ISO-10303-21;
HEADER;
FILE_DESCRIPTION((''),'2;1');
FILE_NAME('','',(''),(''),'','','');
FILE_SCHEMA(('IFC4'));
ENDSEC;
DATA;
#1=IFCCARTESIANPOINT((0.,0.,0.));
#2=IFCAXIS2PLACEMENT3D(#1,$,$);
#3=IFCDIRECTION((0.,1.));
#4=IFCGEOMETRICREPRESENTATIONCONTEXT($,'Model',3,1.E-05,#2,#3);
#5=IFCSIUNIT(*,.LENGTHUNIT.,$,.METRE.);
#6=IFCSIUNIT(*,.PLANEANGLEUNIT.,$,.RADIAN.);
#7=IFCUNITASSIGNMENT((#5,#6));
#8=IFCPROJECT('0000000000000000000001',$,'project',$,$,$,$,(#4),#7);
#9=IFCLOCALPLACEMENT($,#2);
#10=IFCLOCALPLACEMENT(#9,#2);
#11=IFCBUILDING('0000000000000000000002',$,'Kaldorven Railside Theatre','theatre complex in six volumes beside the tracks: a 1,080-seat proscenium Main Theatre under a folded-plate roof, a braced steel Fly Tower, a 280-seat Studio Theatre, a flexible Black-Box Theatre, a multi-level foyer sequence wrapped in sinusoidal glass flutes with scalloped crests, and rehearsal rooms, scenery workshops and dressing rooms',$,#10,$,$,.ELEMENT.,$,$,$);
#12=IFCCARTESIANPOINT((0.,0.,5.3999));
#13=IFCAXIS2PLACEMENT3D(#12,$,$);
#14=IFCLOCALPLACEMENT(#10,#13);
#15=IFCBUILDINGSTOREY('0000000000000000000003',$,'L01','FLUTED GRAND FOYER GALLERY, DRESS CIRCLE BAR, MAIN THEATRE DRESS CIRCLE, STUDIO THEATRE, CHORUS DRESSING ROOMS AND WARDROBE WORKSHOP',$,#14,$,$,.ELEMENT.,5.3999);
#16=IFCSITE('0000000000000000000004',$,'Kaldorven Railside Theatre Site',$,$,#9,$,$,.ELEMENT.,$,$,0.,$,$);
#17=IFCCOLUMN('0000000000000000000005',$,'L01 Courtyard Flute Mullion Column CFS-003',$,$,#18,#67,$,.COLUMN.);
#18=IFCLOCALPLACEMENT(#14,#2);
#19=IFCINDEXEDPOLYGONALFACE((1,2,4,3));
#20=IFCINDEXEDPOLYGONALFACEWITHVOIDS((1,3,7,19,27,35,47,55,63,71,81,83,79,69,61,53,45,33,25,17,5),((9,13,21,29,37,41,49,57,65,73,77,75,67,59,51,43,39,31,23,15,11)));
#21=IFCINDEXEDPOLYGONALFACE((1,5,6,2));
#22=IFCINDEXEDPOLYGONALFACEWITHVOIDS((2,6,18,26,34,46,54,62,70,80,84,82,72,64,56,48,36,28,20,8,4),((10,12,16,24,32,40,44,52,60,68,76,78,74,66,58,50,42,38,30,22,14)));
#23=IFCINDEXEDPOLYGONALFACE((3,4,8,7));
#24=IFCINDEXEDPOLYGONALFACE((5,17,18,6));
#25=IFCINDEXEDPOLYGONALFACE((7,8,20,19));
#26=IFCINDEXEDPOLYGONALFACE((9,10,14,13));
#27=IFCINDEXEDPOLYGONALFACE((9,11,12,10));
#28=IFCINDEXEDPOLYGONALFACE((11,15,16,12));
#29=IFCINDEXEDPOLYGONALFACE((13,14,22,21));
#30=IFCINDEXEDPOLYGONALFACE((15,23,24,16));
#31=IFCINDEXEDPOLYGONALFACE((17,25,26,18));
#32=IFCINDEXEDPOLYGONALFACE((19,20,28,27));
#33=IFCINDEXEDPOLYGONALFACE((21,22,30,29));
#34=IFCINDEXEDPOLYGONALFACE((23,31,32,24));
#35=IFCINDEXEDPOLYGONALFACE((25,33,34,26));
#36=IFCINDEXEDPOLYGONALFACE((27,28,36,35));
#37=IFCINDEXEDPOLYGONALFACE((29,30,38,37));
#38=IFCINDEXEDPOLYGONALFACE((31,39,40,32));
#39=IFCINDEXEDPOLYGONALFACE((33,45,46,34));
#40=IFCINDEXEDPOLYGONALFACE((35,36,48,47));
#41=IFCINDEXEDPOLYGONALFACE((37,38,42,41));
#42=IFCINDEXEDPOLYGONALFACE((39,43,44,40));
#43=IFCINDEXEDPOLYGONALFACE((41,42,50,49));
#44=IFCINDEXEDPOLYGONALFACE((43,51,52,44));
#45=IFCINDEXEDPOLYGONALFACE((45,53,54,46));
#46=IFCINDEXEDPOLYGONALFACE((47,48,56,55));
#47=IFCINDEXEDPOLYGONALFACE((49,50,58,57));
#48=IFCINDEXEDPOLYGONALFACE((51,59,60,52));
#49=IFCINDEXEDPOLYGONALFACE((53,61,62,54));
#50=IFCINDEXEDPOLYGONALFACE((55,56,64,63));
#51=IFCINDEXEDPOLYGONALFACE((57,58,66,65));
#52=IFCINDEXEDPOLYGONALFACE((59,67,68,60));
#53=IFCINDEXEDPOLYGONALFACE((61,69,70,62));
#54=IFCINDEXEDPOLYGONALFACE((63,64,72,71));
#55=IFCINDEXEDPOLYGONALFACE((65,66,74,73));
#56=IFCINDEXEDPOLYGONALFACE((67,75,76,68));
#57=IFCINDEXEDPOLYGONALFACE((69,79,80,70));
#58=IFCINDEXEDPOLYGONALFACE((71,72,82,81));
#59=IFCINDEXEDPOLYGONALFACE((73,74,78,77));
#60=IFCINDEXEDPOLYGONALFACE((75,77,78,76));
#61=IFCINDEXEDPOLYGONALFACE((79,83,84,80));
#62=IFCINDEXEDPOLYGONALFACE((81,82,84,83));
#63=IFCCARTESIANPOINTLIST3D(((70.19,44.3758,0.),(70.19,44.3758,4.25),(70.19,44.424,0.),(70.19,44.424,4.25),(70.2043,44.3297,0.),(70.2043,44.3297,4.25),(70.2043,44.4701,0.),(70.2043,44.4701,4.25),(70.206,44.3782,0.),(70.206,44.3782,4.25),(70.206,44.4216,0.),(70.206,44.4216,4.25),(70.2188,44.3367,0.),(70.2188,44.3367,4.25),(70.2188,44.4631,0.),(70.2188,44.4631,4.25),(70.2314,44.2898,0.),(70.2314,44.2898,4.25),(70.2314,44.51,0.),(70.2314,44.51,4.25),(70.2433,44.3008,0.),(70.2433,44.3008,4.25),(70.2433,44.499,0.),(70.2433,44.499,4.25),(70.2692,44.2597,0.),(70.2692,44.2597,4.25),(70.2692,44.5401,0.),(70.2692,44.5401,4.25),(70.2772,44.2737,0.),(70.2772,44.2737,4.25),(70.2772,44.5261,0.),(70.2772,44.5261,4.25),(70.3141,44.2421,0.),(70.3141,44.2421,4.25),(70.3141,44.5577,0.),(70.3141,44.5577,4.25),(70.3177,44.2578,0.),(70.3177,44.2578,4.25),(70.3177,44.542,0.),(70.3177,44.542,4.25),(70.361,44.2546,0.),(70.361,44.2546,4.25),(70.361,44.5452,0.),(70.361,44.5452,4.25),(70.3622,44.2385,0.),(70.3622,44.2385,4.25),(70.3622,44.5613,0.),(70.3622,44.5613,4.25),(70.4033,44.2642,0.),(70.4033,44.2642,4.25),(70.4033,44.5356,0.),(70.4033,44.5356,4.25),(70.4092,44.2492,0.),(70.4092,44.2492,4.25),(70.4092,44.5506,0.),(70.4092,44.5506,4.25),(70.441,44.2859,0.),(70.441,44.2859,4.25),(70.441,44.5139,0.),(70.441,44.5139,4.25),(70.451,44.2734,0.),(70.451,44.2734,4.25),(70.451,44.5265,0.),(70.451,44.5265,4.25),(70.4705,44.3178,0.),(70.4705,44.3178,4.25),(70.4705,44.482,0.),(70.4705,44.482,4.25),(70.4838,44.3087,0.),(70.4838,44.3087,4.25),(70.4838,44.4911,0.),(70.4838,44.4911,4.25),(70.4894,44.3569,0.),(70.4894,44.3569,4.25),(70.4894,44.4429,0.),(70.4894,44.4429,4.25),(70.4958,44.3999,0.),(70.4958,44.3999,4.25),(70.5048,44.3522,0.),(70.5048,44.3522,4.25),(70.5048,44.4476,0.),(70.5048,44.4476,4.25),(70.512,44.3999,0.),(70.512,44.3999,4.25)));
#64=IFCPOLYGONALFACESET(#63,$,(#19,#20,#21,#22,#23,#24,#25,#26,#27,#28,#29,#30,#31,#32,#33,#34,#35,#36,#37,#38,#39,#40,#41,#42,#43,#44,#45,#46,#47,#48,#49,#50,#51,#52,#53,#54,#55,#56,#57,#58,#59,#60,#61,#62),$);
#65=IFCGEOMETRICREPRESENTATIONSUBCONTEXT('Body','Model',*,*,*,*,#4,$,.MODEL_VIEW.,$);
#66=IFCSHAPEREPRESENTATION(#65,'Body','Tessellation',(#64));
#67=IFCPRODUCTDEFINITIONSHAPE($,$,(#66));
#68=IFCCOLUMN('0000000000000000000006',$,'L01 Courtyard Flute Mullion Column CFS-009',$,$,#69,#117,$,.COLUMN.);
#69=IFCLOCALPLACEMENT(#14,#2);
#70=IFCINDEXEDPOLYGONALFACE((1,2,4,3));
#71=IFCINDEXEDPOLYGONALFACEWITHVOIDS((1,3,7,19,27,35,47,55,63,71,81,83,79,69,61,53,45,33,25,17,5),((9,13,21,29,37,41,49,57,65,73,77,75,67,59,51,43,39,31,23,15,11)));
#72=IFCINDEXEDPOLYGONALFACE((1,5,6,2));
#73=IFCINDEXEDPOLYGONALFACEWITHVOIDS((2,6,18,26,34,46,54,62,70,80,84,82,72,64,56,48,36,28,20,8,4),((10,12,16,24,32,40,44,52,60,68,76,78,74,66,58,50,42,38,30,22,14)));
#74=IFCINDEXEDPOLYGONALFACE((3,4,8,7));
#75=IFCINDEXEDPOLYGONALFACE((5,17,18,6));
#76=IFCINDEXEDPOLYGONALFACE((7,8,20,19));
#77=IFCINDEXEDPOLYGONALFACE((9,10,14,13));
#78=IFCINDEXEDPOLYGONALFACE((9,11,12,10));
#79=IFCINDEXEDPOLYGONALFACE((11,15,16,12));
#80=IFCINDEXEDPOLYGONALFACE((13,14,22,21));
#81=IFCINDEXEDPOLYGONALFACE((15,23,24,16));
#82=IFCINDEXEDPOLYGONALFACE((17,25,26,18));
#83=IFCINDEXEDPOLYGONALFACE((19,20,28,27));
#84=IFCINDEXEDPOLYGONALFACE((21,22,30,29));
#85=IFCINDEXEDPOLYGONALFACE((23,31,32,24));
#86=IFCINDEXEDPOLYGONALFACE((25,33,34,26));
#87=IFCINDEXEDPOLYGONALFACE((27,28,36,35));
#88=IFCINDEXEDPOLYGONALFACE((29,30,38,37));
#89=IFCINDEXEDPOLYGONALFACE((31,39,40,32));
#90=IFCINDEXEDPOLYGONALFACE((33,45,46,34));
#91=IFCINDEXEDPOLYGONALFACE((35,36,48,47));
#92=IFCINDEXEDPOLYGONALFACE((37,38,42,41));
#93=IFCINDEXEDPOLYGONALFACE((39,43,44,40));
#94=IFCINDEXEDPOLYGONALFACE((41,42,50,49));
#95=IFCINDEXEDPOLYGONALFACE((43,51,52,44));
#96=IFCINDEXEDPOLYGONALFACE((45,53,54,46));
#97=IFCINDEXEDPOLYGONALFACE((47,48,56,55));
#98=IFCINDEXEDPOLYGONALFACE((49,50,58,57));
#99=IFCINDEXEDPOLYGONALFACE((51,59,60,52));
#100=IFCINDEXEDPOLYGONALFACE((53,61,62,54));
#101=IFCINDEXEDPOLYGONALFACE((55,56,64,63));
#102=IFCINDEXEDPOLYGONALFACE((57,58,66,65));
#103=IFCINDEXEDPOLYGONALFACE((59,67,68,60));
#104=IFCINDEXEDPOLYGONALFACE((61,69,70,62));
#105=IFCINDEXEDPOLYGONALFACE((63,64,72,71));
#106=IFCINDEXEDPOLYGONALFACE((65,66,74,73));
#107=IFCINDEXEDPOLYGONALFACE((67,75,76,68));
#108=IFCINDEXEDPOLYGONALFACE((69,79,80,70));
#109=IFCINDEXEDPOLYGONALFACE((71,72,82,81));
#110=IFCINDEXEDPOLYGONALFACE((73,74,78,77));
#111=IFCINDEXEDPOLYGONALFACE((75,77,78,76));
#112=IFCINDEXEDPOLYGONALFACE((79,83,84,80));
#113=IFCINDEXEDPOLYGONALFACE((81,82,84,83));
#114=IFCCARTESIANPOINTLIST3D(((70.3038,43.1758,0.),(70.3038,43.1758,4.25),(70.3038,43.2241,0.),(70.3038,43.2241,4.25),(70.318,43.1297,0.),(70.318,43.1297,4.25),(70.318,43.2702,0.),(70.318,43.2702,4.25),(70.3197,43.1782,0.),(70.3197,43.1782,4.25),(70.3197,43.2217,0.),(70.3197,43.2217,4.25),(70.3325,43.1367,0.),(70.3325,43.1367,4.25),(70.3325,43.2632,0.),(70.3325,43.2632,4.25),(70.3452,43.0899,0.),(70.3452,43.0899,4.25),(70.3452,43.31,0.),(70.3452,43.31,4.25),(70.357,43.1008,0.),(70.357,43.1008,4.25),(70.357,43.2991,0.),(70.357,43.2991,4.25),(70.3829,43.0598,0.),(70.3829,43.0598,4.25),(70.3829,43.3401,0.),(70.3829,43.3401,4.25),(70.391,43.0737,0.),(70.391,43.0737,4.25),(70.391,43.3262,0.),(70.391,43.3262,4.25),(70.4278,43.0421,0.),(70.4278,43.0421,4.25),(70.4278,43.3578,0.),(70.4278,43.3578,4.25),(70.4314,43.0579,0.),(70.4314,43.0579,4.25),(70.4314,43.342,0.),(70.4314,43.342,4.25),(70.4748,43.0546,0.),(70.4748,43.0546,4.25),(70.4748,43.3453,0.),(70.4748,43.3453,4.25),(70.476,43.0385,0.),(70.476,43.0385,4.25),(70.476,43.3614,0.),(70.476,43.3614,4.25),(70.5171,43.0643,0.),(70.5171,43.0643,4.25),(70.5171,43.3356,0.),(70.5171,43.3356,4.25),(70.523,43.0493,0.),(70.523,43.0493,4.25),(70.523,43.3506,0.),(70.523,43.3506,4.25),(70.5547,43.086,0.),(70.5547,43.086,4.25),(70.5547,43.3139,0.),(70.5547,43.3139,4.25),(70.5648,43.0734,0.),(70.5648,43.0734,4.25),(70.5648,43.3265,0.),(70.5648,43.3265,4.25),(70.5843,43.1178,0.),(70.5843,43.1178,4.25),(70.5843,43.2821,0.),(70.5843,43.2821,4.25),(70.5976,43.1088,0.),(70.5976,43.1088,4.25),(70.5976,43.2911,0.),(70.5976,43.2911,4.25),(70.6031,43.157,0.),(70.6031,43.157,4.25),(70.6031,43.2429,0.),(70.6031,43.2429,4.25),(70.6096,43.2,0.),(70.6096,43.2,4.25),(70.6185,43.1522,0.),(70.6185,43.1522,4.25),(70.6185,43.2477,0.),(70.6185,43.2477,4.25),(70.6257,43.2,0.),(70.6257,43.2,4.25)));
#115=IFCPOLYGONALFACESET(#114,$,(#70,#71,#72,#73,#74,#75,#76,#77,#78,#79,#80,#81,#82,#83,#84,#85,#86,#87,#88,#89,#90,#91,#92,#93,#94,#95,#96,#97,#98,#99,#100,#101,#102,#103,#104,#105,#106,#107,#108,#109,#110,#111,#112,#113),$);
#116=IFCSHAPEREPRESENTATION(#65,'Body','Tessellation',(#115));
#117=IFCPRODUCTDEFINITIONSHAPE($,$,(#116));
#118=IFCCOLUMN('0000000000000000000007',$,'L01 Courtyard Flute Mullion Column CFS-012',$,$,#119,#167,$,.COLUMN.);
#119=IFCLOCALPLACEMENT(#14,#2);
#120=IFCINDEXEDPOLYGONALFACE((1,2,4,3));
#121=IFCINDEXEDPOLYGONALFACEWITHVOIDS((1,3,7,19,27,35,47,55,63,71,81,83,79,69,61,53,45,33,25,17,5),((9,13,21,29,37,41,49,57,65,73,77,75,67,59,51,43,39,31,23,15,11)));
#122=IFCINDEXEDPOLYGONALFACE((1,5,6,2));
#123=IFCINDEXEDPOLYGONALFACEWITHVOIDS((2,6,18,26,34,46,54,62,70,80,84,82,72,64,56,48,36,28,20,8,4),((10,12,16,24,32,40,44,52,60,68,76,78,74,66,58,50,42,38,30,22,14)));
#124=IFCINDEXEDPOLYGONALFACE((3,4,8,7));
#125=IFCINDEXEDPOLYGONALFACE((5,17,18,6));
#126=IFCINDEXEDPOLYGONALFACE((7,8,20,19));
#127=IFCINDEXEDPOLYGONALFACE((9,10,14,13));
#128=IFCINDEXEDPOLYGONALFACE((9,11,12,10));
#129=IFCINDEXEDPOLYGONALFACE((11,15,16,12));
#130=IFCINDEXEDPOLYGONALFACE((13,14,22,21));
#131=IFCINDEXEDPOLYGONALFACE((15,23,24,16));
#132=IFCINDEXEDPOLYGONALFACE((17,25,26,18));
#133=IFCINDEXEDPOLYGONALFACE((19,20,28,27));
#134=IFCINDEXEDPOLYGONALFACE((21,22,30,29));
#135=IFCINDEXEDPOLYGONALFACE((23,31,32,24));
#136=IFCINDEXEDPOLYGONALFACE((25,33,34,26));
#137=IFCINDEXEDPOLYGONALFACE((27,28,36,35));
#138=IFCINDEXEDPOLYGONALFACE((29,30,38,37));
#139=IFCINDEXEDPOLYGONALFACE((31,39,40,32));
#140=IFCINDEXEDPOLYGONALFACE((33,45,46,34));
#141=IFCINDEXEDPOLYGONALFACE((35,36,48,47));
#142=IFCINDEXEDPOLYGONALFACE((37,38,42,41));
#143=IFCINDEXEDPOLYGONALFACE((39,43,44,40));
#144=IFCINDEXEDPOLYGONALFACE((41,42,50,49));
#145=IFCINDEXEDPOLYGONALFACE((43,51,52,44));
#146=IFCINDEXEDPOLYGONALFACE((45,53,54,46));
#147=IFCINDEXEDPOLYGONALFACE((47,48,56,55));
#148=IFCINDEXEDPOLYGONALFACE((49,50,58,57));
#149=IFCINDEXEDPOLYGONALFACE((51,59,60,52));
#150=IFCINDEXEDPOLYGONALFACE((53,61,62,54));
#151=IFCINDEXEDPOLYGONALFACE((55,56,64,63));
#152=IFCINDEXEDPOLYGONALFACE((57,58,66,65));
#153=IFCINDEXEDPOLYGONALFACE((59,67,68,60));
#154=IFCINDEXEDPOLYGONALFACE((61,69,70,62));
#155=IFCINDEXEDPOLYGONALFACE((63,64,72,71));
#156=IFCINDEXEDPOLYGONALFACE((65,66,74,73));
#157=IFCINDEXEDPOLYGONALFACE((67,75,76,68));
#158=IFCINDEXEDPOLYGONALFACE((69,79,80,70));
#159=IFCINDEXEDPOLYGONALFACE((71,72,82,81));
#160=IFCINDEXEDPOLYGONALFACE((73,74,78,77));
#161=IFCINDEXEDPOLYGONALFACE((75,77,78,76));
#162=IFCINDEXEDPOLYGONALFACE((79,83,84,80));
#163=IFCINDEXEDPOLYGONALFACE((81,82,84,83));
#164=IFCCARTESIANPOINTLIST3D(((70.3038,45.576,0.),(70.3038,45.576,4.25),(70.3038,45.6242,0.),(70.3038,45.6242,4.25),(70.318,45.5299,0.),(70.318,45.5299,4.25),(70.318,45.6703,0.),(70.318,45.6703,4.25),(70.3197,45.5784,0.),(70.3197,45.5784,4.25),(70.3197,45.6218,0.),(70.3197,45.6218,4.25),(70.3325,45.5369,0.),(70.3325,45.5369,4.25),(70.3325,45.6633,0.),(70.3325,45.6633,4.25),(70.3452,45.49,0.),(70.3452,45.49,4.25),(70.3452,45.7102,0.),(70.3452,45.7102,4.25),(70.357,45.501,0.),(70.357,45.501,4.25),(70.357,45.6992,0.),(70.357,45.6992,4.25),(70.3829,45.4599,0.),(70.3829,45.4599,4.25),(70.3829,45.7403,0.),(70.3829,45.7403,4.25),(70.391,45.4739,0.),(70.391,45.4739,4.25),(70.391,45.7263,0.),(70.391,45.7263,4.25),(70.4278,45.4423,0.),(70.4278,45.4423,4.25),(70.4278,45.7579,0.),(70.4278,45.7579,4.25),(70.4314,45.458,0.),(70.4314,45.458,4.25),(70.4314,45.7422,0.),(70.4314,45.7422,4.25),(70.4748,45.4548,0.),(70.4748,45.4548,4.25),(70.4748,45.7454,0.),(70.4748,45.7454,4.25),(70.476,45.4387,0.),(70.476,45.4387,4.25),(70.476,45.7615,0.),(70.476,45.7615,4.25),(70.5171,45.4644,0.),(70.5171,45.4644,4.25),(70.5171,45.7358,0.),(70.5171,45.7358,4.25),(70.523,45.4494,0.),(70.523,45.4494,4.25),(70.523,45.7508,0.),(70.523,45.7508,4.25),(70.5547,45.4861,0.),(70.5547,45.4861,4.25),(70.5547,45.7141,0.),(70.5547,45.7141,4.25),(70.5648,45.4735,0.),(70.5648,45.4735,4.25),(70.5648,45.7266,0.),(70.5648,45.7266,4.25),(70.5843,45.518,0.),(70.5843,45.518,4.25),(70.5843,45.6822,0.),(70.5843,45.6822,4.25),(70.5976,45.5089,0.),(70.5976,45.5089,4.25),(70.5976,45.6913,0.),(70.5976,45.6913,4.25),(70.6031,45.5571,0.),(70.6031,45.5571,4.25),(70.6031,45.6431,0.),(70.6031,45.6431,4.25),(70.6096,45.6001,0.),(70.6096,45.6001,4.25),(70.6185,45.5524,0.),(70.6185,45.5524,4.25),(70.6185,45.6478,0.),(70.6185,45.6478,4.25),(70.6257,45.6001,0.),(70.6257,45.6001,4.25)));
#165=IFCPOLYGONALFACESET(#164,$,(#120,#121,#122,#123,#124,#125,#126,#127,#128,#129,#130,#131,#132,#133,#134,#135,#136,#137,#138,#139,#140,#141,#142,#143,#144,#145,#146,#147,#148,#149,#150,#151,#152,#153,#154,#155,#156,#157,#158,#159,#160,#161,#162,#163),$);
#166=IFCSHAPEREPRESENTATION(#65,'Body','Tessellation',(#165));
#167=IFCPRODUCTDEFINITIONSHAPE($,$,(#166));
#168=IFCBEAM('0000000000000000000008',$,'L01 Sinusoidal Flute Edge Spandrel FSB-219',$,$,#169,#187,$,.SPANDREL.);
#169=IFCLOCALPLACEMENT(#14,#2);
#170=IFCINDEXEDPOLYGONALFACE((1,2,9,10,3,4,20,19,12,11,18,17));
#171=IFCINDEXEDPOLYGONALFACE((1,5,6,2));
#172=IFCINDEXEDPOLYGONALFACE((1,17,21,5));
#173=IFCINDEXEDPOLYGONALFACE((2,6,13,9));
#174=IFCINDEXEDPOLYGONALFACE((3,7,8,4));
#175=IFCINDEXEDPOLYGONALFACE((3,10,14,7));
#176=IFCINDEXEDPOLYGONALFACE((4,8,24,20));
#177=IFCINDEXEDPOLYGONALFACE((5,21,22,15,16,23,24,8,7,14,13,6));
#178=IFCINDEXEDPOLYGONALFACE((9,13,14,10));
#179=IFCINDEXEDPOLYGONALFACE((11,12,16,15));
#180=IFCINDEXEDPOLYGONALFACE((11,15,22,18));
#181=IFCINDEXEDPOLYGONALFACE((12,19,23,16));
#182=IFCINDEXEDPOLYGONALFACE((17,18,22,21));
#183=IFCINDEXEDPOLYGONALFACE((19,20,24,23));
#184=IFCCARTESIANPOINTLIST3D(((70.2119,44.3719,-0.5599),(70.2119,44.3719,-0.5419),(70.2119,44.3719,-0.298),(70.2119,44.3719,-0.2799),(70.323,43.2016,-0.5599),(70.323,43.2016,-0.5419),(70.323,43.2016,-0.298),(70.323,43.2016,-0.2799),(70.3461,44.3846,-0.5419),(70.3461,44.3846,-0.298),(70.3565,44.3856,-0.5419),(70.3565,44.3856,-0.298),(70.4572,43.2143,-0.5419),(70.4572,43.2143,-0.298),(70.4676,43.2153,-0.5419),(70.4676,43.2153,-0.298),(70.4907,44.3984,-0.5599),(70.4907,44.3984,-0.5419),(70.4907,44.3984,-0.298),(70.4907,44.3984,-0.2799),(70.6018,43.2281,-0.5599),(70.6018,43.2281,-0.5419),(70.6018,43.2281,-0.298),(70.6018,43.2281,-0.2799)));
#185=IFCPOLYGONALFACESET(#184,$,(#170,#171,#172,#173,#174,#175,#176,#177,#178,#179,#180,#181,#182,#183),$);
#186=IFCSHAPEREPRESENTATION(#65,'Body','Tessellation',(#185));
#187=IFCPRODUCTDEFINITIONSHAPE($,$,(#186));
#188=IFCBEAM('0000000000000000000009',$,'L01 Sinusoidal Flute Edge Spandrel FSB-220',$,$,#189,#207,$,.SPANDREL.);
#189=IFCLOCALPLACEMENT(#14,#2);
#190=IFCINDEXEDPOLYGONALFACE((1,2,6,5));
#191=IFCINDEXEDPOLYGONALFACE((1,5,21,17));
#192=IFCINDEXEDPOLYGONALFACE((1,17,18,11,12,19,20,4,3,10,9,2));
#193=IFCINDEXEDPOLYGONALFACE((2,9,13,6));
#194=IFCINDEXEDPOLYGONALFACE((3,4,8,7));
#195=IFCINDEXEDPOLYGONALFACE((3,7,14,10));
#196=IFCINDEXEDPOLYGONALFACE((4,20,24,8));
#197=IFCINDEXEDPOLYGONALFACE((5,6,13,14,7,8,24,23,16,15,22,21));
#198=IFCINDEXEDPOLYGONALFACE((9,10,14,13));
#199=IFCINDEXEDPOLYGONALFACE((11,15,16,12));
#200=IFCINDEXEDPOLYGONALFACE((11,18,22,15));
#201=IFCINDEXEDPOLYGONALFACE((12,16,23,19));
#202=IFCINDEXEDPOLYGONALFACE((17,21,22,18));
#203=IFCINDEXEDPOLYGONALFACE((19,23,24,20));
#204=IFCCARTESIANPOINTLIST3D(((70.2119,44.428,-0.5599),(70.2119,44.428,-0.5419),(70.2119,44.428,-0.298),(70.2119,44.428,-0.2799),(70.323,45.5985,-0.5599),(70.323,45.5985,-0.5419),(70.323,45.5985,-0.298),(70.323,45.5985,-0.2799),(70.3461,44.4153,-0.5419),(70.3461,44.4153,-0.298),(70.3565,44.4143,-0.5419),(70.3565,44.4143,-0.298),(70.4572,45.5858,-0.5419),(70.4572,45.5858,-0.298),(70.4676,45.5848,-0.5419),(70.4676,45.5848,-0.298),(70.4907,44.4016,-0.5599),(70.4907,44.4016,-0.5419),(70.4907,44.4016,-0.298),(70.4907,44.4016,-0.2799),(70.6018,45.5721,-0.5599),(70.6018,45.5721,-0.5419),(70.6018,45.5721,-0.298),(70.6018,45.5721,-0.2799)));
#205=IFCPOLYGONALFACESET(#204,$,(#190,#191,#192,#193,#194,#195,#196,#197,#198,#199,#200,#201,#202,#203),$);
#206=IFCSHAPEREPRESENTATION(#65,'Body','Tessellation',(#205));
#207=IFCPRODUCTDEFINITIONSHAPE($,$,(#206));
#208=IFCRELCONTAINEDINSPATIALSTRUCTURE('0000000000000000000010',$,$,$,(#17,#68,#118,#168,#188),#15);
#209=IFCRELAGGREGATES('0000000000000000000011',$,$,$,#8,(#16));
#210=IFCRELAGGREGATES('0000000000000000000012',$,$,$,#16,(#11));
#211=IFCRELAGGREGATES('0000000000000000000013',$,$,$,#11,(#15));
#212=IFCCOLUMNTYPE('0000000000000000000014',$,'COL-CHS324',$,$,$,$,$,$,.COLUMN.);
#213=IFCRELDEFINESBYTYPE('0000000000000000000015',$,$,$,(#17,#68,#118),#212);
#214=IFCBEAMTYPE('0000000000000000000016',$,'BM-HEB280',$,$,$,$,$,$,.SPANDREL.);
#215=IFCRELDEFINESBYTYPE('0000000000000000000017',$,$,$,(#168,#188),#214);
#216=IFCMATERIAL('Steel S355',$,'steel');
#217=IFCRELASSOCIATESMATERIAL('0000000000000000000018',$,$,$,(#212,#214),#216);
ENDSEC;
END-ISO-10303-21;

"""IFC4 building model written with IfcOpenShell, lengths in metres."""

from ifc_helpers import new_model, si_unit, direction, frame, origin, origin_2d, place, context, subcontext, project, spatial, hollow_circle, i_section, extrude, material, material_profile, profile_set, type_object, element, save


model = new_model("IFC4")

# Units and contexts
model_context = context("Model", 3, precision=1e-05, world=origin(), true_north=direction((0.0, 1.0)))
body_context = subcontext(model_context, "Body", "Model", "MODEL_VIEW")
ifc_project = project(units=[si_unit("LENGTHUNIT", "METRE"), si_unit("PLANEANGLEUNIT", "RADIAN")], contexts=[model_context])

# Site, building, storey
site_placement = place(None, origin())
site = spatial("IfcSite", under=ifc_project, at=site_placement, Name="Kaldorven Railside Theatre Site", CompositionType="ELEMENT", RefElevation=0.0)
building_placement = place(site_placement, origin())
building = spatial("IfcBuilding", under=site, at=building_placement, Name="Kaldorven Railside Theatre", Description="theatre complex in six volumes beside the tracks: a 1,080-seat proscenium Main Theatre under a folded-plate roof, a braced steel Fly Tower, a 280-seat Studio Theatre, a flexible Black-Box Theatre, a multi-level foyer sequence wrapped in sinusoidal glass flutes with scalloped crests, and rehearsal rooms, scenery workshops and dressing rooms", CompositionType="ELEMENT")
storey_placement = place(building_placement, frame((0.0, 0.0, 5.3999)))
storey = spatial("IfcBuildingStorey", under=building, at=storey_placement, Name="L01", Description="FLUTED GRAND FOYER GALLERY, DRESS CIRCLE BAR, MAIN THEATRE DRESS CIRCLE, STUDIO THEATRE, CHORUS DRESSING ROOMS AND WARDROBE WORKSHOP", CompositionType="ELEMENT", Elevation=5.3999)

# Columns
ifc_material_1 = material(Name="Steel S355", Category="steel")
ifc_material_profile_1 = material_profile(ifc_material_1, hollow_circle(Radius=0.1619, WallThickness=0.0161, at=origin_2d()), Name="CHS 323.9x16")
ifc_profile_set_1 = profile_set([ifc_material_profile_1], Name="Steel S355")
column_type = type_object("IfcColumnType", Name="COL-CHS324", PredefinedType="COLUMN", material=ifc_profile_set_1)
for number, where, z_axis, x_axis, name in (
    (1, (70.3501, 44.3999, 0.0), (0.0, 0.0, 1.0), (1.0, 0.0, 0.0), "L01 Courtyard Flute Mullion Column CFS-003"),
    (2, (70.4639, 43.2, 0.0), (0.0, 0.0, 1.0), (1.0, 0.0, 0.0), "L01 Courtyard Flute Mullion Column CFS-009"),
    (3, (70.4639, 45.6001, 0.0), (0.0, 0.0, 1.0), (1.0, 0.0, 0.0), "L01 Courtyard Flute Mullion Column CFS-012"),
):
    element("IfcColumn", number, at=place(storey_placement, frame(where, z_axis=z_axis, x_axis=x_axis)), inside=storey, type_object=column_type, Name=name, PredefinedType="COLUMN", context=body_context, shape_type="SweptSolid", body=[
        extrude(hollow_circle(Radius=0.1619, WallThickness=0.0161, at=origin_2d()), origin(), (0.0, 0.0, 1.0), 4.25),
    ])

# Beams
ifc_material_profile_2 = material_profile(ifc_material_1, i_section(OverallWidth=0.28, OverallDepth=0.28, WebThickness=0.0105, FlangeThickness=0.0181, at=origin_2d()), Name="HEB 280")
ifc_profile_set_2 = profile_set([ifc_material_profile_2], Name="Steel S355")
beam_type = type_object("IfcBeamType", Name="BM-HEB280", PredefinedType="SPANDREL", material=ifc_profile_set_2)
beam_1_placement = place(storey_placement, frame((70.4624, 43.2148, -0.4199), z_axis=(-0.094505, 0.995524, 0.0), x_axis=(-0.995524, -0.094505, 0.0)))
element("IfcBeam", 4, at=beam_1_placement, inside=storey, type_object=beam_type, Name="L01 Sinusoidal Flute Edge Spandrel FSB-219", PredefinedType="SPANDREL", context=body_context, shape_type="SweptSolid", body=[
    extrude(i_section(OverallWidth=0.28, OverallDepth=0.28, WebThickness=0.0105, FlangeThickness=0.0181, at=origin_2d()), origin(), (0.0, 0.0, 1.0), 1.1755),
])
beam_2_placement = place(storey_placement, frame((70.3513, 44.4148, -0.4199), z_axis=(0.094486, 0.995526, 0.0), x_axis=(-0.995526, 0.094486, 0.0)))
element("IfcBeam", 5, at=beam_2_placement, inside=storey, type_object=beam_type, Name="L01 Sinusoidal Flute Edge Spandrel FSB-220", PredefinedType="SPANDREL", context=body_context, shape_type="SweptSolid", body=[
    extrude(i_section(OverallWidth=0.28, OverallDepth=0.28, WebThickness=0.0105, FlangeThickness=0.0181, at=origin_2d()), origin(), (0.0, 0.0, 1.0), 1.1758),
])

save(model, "model.ifc")
